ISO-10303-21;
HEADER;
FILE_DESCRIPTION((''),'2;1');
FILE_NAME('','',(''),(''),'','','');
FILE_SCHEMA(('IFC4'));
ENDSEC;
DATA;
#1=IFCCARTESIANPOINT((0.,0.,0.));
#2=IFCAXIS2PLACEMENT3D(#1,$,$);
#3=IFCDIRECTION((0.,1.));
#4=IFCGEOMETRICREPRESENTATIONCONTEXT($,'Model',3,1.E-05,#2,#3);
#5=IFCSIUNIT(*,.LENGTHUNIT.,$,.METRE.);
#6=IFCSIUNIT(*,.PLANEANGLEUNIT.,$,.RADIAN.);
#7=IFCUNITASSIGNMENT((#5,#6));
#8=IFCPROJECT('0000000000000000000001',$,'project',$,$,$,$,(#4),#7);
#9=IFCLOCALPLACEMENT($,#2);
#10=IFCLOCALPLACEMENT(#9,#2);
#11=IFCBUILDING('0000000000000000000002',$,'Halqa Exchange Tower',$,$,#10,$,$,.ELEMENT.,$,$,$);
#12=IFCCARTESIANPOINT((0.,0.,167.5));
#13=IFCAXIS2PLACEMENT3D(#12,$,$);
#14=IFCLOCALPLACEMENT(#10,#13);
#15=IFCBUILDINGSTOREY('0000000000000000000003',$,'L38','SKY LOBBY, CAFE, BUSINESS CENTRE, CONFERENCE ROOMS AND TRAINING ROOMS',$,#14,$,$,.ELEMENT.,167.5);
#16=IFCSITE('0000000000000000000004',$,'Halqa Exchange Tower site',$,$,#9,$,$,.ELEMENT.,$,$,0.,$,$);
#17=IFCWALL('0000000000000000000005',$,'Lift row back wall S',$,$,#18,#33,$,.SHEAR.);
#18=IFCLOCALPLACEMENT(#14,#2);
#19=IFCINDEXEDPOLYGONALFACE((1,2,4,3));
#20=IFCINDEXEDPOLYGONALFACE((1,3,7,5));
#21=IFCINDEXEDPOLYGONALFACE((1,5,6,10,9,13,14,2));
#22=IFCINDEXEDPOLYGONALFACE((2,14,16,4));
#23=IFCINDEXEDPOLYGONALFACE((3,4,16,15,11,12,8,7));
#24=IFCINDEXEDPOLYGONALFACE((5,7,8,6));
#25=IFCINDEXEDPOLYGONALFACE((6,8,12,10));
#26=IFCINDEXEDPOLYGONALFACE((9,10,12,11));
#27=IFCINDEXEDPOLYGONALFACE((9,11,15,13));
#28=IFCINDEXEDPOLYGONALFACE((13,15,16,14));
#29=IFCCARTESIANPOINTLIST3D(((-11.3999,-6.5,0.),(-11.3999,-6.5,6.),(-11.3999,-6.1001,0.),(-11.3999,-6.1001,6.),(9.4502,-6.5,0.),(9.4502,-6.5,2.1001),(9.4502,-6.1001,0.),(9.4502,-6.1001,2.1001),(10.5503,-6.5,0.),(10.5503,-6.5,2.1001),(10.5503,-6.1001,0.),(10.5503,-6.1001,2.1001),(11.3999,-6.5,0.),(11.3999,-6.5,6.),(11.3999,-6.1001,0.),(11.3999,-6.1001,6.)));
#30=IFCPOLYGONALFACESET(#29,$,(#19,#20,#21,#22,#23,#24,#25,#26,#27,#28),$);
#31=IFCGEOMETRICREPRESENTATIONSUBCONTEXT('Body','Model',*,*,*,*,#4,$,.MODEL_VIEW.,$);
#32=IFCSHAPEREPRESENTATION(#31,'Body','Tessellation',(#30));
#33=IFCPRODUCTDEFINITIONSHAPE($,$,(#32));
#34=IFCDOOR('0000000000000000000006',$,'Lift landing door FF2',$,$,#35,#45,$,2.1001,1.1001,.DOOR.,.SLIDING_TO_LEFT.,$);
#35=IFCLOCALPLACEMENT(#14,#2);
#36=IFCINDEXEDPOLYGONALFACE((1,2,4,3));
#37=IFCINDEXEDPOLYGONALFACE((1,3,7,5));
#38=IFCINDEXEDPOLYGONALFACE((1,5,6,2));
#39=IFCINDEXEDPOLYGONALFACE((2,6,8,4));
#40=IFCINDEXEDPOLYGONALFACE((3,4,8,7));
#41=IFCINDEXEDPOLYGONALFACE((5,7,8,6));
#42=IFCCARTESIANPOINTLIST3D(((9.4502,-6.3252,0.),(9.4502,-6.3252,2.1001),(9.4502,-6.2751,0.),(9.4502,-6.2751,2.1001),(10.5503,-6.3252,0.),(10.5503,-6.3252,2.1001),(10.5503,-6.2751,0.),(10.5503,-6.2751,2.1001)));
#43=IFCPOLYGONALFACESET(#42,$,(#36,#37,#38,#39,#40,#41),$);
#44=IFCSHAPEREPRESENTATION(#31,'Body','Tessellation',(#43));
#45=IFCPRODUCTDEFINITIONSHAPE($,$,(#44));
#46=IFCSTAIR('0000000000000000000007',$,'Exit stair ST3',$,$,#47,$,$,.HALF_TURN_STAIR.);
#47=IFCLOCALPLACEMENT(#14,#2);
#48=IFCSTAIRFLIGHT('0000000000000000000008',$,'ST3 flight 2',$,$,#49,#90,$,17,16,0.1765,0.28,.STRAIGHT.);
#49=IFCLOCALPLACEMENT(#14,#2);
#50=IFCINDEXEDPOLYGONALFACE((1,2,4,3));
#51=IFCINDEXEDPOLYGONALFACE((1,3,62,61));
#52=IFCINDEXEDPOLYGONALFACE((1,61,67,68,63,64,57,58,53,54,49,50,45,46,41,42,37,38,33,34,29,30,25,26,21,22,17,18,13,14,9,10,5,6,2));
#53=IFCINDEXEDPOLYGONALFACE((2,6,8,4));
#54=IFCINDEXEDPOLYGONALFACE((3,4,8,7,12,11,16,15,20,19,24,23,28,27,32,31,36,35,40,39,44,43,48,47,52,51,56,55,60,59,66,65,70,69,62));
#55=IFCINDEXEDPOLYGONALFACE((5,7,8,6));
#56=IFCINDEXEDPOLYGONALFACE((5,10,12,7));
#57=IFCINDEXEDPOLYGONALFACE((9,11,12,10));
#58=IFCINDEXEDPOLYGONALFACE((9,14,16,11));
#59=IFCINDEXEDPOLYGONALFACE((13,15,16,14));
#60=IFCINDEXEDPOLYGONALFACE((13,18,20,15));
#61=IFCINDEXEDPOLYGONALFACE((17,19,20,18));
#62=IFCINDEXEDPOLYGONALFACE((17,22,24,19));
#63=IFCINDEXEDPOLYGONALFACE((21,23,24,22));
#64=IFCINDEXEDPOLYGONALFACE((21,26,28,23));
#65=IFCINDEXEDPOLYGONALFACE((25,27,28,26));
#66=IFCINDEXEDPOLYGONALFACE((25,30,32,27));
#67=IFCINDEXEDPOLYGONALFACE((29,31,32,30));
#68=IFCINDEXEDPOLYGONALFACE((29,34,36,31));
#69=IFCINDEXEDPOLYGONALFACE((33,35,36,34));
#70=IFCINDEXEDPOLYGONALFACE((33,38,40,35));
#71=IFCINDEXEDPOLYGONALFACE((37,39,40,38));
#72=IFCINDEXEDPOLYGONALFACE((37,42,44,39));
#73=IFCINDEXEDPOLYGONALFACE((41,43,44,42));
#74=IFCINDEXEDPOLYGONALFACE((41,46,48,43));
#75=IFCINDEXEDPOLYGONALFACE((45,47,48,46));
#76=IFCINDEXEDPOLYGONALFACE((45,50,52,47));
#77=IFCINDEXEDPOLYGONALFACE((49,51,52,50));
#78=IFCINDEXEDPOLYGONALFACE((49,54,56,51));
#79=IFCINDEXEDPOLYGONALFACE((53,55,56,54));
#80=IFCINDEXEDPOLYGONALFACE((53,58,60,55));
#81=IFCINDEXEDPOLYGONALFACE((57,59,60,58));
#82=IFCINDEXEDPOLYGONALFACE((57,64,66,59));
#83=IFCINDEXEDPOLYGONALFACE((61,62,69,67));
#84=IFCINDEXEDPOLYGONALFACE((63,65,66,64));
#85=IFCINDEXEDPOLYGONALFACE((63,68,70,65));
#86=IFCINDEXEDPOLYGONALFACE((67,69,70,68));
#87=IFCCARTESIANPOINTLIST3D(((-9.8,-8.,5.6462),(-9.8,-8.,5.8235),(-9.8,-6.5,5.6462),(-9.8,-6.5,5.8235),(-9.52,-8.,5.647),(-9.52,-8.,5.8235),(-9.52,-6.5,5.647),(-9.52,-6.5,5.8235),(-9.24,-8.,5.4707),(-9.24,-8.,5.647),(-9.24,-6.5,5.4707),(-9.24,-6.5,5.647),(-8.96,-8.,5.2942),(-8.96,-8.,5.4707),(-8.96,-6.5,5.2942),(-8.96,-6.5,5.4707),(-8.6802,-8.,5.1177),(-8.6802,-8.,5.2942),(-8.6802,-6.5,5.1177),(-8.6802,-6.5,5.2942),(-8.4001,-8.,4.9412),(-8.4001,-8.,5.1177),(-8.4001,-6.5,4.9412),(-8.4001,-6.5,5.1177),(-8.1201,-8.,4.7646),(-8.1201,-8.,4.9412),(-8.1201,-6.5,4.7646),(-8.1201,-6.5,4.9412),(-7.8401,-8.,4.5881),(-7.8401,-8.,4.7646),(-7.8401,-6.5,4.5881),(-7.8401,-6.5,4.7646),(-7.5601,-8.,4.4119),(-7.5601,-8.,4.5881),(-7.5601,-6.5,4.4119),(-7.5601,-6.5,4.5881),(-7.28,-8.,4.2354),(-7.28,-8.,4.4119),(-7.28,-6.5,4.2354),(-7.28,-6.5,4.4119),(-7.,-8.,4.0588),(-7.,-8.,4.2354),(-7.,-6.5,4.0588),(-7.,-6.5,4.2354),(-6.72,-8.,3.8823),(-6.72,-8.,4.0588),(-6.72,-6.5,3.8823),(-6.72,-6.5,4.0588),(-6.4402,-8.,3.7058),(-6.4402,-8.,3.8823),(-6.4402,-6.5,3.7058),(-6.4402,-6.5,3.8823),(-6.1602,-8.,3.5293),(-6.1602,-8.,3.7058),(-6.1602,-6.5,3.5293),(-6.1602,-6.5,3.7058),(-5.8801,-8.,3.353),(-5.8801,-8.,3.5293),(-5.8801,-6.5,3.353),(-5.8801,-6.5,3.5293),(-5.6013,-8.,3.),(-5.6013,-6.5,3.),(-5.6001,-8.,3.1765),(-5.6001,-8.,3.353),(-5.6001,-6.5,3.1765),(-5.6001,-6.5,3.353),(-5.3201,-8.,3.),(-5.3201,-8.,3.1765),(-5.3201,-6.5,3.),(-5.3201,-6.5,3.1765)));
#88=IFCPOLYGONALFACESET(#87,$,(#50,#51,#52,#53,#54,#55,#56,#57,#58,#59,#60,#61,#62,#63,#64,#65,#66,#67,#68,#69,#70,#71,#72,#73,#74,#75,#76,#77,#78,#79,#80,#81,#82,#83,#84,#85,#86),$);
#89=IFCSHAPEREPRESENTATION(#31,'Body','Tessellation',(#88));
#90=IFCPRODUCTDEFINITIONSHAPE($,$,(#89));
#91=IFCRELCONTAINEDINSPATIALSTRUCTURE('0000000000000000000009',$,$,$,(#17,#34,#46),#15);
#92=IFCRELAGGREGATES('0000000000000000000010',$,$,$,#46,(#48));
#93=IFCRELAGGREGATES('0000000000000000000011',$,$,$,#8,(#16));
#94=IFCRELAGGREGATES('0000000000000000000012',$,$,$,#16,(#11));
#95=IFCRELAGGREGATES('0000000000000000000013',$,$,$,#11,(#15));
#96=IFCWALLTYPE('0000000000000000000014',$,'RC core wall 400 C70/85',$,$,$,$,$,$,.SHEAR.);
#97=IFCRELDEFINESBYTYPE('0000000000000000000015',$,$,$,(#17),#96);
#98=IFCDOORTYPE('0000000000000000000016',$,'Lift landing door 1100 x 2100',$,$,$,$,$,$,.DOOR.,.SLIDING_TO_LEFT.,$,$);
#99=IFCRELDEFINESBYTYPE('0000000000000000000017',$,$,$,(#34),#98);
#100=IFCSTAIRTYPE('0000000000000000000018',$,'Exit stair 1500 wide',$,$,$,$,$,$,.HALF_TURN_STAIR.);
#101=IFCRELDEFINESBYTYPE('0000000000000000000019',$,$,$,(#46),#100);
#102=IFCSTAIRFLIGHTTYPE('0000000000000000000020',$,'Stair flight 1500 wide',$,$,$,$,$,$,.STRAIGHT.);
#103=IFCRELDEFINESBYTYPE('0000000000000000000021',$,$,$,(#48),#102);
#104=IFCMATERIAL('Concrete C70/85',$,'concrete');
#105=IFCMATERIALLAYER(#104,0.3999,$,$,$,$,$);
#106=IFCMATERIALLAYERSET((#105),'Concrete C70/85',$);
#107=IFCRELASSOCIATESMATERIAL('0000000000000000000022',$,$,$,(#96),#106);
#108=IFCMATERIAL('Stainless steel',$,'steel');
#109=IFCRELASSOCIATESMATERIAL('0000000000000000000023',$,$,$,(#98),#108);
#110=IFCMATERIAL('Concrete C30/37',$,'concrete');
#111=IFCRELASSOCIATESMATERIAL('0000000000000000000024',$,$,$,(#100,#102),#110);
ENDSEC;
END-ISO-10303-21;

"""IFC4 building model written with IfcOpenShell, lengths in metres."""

from ifc_helpers import new_model, si_unit, direction, frame, frame_2d, origin, place, context, subcontext, project, spatial, polyline, rectangle, outline, extrude, material, layer, layer_set, type_object, element, fill, aggregate, save


model = new_model("IFC4")

# Units and contexts
model_context = context("Model", 3, precision=1e-05, world=origin(), true_north=direction((0.0, 1.0)))
body_context = subcontext(model_context, "Body", "Model", "MODEL_VIEW")
ifc_project = project(units=[si_unit("LENGTHUNIT", "METRE"), si_unit("PLANEANGLEUNIT", "RADIAN")], contexts=[model_context])

# Site, building, storey
site_placement = place(None, origin())
site = spatial("IfcSite", under=ifc_project, at=site_placement, Name="Halqa Exchange Tower site", CompositionType="ELEMENT", RefElevation=0.0)
building_placement = place(site_placement, origin())
building = spatial("IfcBuilding", under=site, at=building_placement, Name="Halqa Exchange Tower", CompositionType="ELEMENT")
storey_placement = place(building_placement, frame((0.0, 0.0, 167.5)))
storey = spatial("IfcBuildingStorey", under=building, at=storey_placement, Name="L38", Description="SKY LOBBY, CAFE, BUSINESS CENTRE, CONFERENCE ROOMS AND TRAINING ROOMS", CompositionType="ELEMENT", Elevation=167.5)

# Shared definitions
ifc_material_1 = material(Name="Concrete C70/85", Category="concrete")
ifc_layer_1 = layer(ifc_material_1, 0.3999)
ifc_layer_set_1 = layer_set([ifc_layer_1], Name="Concrete C70/85")
wall_type_1 = type_object("IfcWallType", Name="RC core wall 400 C70/85", PredefinedType="SHEAR", material=ifc_layer_set_1)
ifc_material_2 = material(Name="Stainless steel", Category="steel")
door_type_1 = type_object("IfcDoorType", Name="Lift landing door 1100 x 2100", OperationType="SLIDING_TO_LEFT", PredefinedType="DOOR", material=ifc_material_2)

# Wall, opening, door
wall_1_placement = place(storey_placement, frame((-11.3999, -6.3, 0.0), z_axis=(0.0, 0.0, 1.0), x_axis=(1.0, 0.0, 0.0)))
wall_1 = element("IfcWall", 1, at=wall_1_placement, inside=storey, type_object=wall_type_1, Name="Lift row back wall S", PredefinedType="SHEAR", context=body_context, shape_type="SweptSolid", body=[
    extrude(rectangle(XDim=22.7998, YDim=0.3999, at=frame_2d((11.3999, 0.0))), origin(), (0.0, 0.0, 1.0), 6.0),
])
opening_1_placement = place(wall_1_placement, frame((20.8501, 0.0, 0.0)))
opening_1 = element("IfcOpeningElement", 2, at=opening_1_placement, cuts=wall_1, PredefinedType="OPENING", context=body_context, shape_type="SweptSolid", body=[
    extrude(rectangle(XDim=1.1001, YDim=2.1001, at=frame_2d((0.55, 1.05))), frame((0.0, 0.2119, 0.0), z_axis=(0.0, -1.0, 0.0), x_axis=(1.0, 0.0, 0.0)), (0.0, 0.0, 1.0), 0.4238),
])
door_1_placement = place(opening_1_placement, origin())
door_1 = element("IfcDoor", 3, at=door_1_placement, inside=storey, type_object=door_type_1, Name="Lift landing door FF2", OperationType="SLIDING_TO_LEFT", OverallHeight=2.1001, OverallWidth=1.1001, PredefinedType="DOOR", context=body_context, shape_type="SweptSolid", body=[
    extrude(rectangle(XDim=1.1001, YDim=2.1001, at=frame_2d((0.55, 1.05))), frame((0.0, 0.0249, 0.0), z_axis=(0.0, -1.0, 0.0), x_axis=(1.0, 0.0, 0.0)), (0.0, 0.0, 1.0), 0.05),
])
fill(opening_1, door_1)

# Stair, stair flight
ifc_material_3 = material(Name="Concrete C30/37", Category="concrete")
stair_type = type_object("IfcStairType", Name="Exit stair 1500 wide", PredefinedType="HALF_TURN_STAIR", material=ifc_material_3)
stair_placement = place(storey_placement, origin())
stair = element("IfcStair", 4, at=stair_placement, inside=storey, type_object=stair_type, Name="Exit stair ST3", PredefinedType="HALF_TURN_STAIR")
stair_flight_type = type_object("IfcStairFlightType", Name="Stair flight 1500 wide", PredefinedType="STRAIGHT", material=ifc_material_3)
stair_flight_placement = place(storey_placement, frame((-5.3201, -7.25, 3.0), z_axis=(0.0, 0.0, 1.0), x_axis=(-1.0, 0.0, 0.0)))
stair_flight = element("IfcStairFlight", 5, at=stair_flight_placement, type_object=stair_flight_type, Name="ST3 flight 2", NumberOfRisers=17, NumberOfTreads=16, PredefinedType="STRAIGHT", RiserHeight=0.1765, TreadLength=0.28, context=body_context, shape_type="SweptSolid", body=[
    extrude(outline(polyline([(0.0, 0.0), (0.0, 0.1765), (0.28, 0.1765), (0.28, 0.353), (0.5601, 0.353), (0.5601, 0.5293), (0.8401, 0.5293), (0.8401, 0.7058), (1.1201, 0.7058), (1.1201, 0.8823), (1.3999, 0.8823), (1.3999, 1.0588), (1.6799, 1.0588), (1.6799, 1.2354), (1.96, 1.2354), (1.96, 1.4119), (2.24, 1.4119), (2.24, 1.5881), (2.52, 1.5881), (2.52, 1.7646), (2.8, 1.7646), (2.8, 1.9412), (3.0801, 1.9412), (3.0801, 2.1177), (3.3601, 2.1177), (3.3601, 2.2942), (3.6399, 2.2942), (3.6399, 2.4707), (3.9199, 2.4707), (3.9199, 2.647), (4.2, 2.647), (4.2, 2.8235), (4.48, 2.8235), (4.48, 3.0), (4.48, 2.6462), (0.2812, 0.0), (0.0, 0.0)])), frame((0.0, 0.75, 0.0), z_axis=(0.0, -1.0, 0.0), x_axis=(1.0, 0.0, 0.0)), (0.0, 0.0, 1.0), 1.5),
])
aggregate(stair, [stair_flight])

save(model, "model.ifc")
